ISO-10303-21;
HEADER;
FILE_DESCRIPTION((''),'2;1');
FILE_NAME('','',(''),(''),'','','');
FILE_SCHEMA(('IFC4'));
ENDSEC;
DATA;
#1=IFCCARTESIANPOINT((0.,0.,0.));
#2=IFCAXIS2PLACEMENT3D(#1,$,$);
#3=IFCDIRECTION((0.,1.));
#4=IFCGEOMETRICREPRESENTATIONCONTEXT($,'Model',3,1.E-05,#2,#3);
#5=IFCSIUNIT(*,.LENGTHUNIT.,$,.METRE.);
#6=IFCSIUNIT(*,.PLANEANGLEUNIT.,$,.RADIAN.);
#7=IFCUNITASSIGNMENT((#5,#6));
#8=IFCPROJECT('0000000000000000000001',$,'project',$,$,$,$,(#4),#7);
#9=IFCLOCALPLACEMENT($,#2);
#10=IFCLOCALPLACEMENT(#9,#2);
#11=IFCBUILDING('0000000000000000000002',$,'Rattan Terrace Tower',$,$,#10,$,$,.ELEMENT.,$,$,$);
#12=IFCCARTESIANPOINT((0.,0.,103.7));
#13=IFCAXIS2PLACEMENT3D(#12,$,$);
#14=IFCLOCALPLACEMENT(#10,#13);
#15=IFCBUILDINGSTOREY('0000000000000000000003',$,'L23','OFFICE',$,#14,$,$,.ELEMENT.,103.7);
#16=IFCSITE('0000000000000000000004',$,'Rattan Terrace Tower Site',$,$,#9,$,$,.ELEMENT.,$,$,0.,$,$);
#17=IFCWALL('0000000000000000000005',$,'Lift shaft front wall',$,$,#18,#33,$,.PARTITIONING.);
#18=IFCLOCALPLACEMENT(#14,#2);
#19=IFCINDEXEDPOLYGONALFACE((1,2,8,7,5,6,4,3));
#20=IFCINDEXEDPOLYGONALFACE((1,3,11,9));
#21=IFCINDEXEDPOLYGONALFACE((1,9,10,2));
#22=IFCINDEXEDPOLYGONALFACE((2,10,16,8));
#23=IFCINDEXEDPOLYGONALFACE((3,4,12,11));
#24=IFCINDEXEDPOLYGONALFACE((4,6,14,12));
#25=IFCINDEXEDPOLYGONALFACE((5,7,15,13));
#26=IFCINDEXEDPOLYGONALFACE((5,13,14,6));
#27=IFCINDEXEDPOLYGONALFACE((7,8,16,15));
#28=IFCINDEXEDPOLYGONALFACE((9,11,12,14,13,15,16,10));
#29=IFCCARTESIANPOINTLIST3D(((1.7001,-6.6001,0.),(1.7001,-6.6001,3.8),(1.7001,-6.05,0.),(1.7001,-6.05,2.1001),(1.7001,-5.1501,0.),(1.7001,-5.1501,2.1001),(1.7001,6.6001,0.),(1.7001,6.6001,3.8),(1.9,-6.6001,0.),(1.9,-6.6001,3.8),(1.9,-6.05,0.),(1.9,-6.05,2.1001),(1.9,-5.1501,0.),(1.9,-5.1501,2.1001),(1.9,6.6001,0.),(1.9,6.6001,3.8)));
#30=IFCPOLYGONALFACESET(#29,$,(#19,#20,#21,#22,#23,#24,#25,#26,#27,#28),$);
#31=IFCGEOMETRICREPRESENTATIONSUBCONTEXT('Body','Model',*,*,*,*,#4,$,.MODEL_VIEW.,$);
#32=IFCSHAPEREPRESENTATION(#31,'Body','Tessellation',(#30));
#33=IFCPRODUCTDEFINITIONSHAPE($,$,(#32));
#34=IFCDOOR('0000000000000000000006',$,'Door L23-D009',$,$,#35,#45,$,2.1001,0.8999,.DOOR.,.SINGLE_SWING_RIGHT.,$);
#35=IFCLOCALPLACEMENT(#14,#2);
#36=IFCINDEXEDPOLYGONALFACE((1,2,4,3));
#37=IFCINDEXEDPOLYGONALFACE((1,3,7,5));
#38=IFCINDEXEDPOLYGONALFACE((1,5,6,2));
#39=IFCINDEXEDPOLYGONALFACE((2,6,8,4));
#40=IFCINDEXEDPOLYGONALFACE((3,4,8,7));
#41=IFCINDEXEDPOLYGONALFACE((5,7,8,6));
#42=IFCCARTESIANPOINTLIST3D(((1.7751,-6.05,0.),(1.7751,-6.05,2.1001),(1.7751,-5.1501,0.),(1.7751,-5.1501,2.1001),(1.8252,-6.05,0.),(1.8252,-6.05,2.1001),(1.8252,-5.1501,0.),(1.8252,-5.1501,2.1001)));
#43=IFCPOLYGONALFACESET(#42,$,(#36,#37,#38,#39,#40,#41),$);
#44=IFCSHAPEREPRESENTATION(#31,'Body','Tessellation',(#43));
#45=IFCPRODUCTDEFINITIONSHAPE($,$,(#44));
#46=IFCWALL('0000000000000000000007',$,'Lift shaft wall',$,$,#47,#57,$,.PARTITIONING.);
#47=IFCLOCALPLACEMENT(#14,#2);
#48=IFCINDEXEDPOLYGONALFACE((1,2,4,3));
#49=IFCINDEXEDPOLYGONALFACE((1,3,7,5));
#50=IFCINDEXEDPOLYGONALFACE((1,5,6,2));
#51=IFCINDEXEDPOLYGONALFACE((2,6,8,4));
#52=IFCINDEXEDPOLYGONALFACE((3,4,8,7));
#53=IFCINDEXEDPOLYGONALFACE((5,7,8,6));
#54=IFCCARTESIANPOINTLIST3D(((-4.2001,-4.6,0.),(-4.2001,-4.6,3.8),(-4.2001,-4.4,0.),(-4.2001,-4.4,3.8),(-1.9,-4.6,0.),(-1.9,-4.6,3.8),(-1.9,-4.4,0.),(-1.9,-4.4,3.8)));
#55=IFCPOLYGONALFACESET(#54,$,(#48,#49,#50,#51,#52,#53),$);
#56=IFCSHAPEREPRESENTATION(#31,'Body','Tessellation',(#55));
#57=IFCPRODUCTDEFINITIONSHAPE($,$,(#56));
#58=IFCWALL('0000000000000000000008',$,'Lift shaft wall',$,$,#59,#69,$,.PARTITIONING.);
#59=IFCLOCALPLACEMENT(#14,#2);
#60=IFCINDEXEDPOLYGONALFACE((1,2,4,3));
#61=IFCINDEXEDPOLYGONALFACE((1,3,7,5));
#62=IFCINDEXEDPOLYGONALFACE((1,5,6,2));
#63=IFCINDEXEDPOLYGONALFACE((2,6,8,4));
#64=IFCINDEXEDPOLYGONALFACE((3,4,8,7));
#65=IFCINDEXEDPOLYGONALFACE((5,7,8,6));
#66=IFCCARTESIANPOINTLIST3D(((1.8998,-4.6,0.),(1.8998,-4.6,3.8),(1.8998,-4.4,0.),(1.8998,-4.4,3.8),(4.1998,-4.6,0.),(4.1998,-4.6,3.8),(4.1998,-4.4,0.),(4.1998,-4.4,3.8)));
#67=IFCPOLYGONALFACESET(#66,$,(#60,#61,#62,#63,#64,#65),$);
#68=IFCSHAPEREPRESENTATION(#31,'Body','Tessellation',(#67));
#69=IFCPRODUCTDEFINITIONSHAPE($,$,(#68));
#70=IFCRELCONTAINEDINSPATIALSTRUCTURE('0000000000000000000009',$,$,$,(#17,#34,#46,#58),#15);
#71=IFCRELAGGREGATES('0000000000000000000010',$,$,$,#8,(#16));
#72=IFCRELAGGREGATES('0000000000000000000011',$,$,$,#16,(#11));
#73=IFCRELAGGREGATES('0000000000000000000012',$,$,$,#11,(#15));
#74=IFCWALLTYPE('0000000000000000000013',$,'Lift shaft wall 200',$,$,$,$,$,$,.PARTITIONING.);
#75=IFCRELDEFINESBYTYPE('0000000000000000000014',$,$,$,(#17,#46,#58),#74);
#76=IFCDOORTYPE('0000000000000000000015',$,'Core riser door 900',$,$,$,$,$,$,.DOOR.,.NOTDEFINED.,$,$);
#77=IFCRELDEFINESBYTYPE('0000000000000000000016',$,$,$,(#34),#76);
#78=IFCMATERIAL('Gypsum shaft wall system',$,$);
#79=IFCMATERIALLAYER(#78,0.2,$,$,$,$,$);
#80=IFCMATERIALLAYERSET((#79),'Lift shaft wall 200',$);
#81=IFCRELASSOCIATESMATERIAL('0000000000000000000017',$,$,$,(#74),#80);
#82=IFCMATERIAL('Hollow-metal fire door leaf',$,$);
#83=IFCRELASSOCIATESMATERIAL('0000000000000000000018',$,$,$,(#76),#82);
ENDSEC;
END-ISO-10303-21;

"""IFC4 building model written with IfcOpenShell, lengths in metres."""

from ifc_helpers import new_model, si_unit, direction, frame, frame_2d, origin, place, context, subcontext, project, spatial, rectangle, extrude, material, layer, layer_set, type_object, element, fill, save


model = new_model("IFC4")

# Units and contexts
model_context = context("Model", 3, precision=1e-05, world=origin(), true_north=direction((0.0, 1.0)))
body_context = subcontext(model_context, "Body", "Model", "MODEL_VIEW")
ifc_project = project(units=[si_unit("LENGTHUNIT", "METRE"), si_unit("PLANEANGLEUNIT", "RADIAN")], contexts=[model_context])

# Site, building, storey
site_placement = place(None, origin())
site = spatial("IfcSite", under=ifc_project, at=site_placement, Name="Rattan Terrace Tower Site", CompositionType="ELEMENT", RefElevation=0.0)
building_placement = place(site_placement, origin())
building = spatial("IfcBuilding", under=site, at=building_placement, Name="Rattan Terrace Tower", CompositionType="ELEMENT")
storey_placement = place(building_placement, frame((0.0, 0.0, 103.7)))
storey = spatial("IfcBuildingStorey", under=building, at=storey_placement, Name="L23", Description="OFFICE", CompositionType="ELEMENT", Elevation=103.7)

# Shared definitions
ifc_material_1 = material(Name="Gypsum shaft wall system")
ifc_layer_1 = layer(ifc_material_1, 0.2)
ifc_layer_set_1 = layer_set([ifc_layer_1], Name="Lift shaft wall 200")
wall_type_1 = type_object("IfcWallType", Name="Lift shaft wall 200", PredefinedType="PARTITIONING", material=ifc_layer_set_1)
ifc_material_2 = material(Name="Hollow-metal fire door leaf")
door_type_1 = type_object("IfcDoorType", Name="Core riser door 900", OperationType="NOTDEFINED", PredefinedType="DOOR", material=ifc_material_2)

# Wall, opening, door
wall_1_placement = place(storey_placement, frame((1.8, -6.6001, 0.0), z_axis=(0.0, 0.0, 1.0), x_axis=(0.0, 1.0, 0.0)))
wall_1 = element("IfcWall", 1, at=wall_1_placement, inside=storey, type_object=wall_type_1, Name="Lift shaft front wall", PredefinedType="PARTITIONING", context=body_context, shape_type="SweptSolid", body=[
    extrude(rectangle(XDim=13.2002, YDim=0.2, at=frame_2d((6.6001, 0.0))), origin(), (0.0, 0.0, 1.0), 3.8),
])
opening_1_placement = place(wall_1_placement, frame((0.55, 0.0, 0.0)))
opening_1 = element("IfcOpeningElement", 2, at=opening_1_placement, cuts=wall_1, PredefinedType="OPENING", context=body_context, shape_type="SweptSolid", body=[
    extrude(rectangle(XDim=0.8999, YDim=2.1001, at=frame_2d((0.45, 1.05))), frame((0.0, 0.1106, 0.0), z_axis=(0.0, -1.0, 0.0), x_axis=(1.0, 0.0, 0.0)), (0.0, 0.0, 1.0), 0.2209),
])
door_1_placement = place(opening_1_placement, origin())
door_1 = element("IfcDoor", 3, at=door_1_placement, inside=storey, type_object=door_type_1, Name="Door L23-D009", OperationType="SINGLE_SWING_RIGHT", OverallHeight=2.1001, OverallWidth=0.8999, PredefinedType="DOOR", context=body_context, shape_type="SweptSolid", body=[
    extrude(rectangle(XDim=0.8999, YDim=2.1001, at=frame_2d((0.45, 1.05))), frame((0.0, 0.0249, 0.0), z_axis=(0.0, -1.0, 0.0), x_axis=(1.0, 0.0, 0.0)), (0.0, 0.0, 1.0), 0.05),
])
fill(opening_1, door_1)

# Walls
for number, where, z_axis, x_axis, name in (
    (4, (-4.2, -4.5, 0.0), (0.0, 0.0, 1.0), (1.0, 0.0, 0.0), "Lift shaft wall"),
    (5, (1.8999, -4.5, 0.0), (0.0, 0.0, 1.0), (1.0, 0.0, 0.0), "Lift shaft wall"),
):
    element("IfcWall", number, at=place(storey_placement, frame(where, z_axis=z_axis, x_axis=x_axis)), inside=storey, type_object=wall_type_1, Name=name, PredefinedType="PARTITIONING", context=body_context, shape_type="SweptSolid", body=[
        extrude(rectangle(XDim=2.3, YDim=0.2, at=frame_2d((1.1499, 0.0))), origin(), (0.0, 0.0, 1.0), 3.8),
    ])

save(model, "model.ifc")
